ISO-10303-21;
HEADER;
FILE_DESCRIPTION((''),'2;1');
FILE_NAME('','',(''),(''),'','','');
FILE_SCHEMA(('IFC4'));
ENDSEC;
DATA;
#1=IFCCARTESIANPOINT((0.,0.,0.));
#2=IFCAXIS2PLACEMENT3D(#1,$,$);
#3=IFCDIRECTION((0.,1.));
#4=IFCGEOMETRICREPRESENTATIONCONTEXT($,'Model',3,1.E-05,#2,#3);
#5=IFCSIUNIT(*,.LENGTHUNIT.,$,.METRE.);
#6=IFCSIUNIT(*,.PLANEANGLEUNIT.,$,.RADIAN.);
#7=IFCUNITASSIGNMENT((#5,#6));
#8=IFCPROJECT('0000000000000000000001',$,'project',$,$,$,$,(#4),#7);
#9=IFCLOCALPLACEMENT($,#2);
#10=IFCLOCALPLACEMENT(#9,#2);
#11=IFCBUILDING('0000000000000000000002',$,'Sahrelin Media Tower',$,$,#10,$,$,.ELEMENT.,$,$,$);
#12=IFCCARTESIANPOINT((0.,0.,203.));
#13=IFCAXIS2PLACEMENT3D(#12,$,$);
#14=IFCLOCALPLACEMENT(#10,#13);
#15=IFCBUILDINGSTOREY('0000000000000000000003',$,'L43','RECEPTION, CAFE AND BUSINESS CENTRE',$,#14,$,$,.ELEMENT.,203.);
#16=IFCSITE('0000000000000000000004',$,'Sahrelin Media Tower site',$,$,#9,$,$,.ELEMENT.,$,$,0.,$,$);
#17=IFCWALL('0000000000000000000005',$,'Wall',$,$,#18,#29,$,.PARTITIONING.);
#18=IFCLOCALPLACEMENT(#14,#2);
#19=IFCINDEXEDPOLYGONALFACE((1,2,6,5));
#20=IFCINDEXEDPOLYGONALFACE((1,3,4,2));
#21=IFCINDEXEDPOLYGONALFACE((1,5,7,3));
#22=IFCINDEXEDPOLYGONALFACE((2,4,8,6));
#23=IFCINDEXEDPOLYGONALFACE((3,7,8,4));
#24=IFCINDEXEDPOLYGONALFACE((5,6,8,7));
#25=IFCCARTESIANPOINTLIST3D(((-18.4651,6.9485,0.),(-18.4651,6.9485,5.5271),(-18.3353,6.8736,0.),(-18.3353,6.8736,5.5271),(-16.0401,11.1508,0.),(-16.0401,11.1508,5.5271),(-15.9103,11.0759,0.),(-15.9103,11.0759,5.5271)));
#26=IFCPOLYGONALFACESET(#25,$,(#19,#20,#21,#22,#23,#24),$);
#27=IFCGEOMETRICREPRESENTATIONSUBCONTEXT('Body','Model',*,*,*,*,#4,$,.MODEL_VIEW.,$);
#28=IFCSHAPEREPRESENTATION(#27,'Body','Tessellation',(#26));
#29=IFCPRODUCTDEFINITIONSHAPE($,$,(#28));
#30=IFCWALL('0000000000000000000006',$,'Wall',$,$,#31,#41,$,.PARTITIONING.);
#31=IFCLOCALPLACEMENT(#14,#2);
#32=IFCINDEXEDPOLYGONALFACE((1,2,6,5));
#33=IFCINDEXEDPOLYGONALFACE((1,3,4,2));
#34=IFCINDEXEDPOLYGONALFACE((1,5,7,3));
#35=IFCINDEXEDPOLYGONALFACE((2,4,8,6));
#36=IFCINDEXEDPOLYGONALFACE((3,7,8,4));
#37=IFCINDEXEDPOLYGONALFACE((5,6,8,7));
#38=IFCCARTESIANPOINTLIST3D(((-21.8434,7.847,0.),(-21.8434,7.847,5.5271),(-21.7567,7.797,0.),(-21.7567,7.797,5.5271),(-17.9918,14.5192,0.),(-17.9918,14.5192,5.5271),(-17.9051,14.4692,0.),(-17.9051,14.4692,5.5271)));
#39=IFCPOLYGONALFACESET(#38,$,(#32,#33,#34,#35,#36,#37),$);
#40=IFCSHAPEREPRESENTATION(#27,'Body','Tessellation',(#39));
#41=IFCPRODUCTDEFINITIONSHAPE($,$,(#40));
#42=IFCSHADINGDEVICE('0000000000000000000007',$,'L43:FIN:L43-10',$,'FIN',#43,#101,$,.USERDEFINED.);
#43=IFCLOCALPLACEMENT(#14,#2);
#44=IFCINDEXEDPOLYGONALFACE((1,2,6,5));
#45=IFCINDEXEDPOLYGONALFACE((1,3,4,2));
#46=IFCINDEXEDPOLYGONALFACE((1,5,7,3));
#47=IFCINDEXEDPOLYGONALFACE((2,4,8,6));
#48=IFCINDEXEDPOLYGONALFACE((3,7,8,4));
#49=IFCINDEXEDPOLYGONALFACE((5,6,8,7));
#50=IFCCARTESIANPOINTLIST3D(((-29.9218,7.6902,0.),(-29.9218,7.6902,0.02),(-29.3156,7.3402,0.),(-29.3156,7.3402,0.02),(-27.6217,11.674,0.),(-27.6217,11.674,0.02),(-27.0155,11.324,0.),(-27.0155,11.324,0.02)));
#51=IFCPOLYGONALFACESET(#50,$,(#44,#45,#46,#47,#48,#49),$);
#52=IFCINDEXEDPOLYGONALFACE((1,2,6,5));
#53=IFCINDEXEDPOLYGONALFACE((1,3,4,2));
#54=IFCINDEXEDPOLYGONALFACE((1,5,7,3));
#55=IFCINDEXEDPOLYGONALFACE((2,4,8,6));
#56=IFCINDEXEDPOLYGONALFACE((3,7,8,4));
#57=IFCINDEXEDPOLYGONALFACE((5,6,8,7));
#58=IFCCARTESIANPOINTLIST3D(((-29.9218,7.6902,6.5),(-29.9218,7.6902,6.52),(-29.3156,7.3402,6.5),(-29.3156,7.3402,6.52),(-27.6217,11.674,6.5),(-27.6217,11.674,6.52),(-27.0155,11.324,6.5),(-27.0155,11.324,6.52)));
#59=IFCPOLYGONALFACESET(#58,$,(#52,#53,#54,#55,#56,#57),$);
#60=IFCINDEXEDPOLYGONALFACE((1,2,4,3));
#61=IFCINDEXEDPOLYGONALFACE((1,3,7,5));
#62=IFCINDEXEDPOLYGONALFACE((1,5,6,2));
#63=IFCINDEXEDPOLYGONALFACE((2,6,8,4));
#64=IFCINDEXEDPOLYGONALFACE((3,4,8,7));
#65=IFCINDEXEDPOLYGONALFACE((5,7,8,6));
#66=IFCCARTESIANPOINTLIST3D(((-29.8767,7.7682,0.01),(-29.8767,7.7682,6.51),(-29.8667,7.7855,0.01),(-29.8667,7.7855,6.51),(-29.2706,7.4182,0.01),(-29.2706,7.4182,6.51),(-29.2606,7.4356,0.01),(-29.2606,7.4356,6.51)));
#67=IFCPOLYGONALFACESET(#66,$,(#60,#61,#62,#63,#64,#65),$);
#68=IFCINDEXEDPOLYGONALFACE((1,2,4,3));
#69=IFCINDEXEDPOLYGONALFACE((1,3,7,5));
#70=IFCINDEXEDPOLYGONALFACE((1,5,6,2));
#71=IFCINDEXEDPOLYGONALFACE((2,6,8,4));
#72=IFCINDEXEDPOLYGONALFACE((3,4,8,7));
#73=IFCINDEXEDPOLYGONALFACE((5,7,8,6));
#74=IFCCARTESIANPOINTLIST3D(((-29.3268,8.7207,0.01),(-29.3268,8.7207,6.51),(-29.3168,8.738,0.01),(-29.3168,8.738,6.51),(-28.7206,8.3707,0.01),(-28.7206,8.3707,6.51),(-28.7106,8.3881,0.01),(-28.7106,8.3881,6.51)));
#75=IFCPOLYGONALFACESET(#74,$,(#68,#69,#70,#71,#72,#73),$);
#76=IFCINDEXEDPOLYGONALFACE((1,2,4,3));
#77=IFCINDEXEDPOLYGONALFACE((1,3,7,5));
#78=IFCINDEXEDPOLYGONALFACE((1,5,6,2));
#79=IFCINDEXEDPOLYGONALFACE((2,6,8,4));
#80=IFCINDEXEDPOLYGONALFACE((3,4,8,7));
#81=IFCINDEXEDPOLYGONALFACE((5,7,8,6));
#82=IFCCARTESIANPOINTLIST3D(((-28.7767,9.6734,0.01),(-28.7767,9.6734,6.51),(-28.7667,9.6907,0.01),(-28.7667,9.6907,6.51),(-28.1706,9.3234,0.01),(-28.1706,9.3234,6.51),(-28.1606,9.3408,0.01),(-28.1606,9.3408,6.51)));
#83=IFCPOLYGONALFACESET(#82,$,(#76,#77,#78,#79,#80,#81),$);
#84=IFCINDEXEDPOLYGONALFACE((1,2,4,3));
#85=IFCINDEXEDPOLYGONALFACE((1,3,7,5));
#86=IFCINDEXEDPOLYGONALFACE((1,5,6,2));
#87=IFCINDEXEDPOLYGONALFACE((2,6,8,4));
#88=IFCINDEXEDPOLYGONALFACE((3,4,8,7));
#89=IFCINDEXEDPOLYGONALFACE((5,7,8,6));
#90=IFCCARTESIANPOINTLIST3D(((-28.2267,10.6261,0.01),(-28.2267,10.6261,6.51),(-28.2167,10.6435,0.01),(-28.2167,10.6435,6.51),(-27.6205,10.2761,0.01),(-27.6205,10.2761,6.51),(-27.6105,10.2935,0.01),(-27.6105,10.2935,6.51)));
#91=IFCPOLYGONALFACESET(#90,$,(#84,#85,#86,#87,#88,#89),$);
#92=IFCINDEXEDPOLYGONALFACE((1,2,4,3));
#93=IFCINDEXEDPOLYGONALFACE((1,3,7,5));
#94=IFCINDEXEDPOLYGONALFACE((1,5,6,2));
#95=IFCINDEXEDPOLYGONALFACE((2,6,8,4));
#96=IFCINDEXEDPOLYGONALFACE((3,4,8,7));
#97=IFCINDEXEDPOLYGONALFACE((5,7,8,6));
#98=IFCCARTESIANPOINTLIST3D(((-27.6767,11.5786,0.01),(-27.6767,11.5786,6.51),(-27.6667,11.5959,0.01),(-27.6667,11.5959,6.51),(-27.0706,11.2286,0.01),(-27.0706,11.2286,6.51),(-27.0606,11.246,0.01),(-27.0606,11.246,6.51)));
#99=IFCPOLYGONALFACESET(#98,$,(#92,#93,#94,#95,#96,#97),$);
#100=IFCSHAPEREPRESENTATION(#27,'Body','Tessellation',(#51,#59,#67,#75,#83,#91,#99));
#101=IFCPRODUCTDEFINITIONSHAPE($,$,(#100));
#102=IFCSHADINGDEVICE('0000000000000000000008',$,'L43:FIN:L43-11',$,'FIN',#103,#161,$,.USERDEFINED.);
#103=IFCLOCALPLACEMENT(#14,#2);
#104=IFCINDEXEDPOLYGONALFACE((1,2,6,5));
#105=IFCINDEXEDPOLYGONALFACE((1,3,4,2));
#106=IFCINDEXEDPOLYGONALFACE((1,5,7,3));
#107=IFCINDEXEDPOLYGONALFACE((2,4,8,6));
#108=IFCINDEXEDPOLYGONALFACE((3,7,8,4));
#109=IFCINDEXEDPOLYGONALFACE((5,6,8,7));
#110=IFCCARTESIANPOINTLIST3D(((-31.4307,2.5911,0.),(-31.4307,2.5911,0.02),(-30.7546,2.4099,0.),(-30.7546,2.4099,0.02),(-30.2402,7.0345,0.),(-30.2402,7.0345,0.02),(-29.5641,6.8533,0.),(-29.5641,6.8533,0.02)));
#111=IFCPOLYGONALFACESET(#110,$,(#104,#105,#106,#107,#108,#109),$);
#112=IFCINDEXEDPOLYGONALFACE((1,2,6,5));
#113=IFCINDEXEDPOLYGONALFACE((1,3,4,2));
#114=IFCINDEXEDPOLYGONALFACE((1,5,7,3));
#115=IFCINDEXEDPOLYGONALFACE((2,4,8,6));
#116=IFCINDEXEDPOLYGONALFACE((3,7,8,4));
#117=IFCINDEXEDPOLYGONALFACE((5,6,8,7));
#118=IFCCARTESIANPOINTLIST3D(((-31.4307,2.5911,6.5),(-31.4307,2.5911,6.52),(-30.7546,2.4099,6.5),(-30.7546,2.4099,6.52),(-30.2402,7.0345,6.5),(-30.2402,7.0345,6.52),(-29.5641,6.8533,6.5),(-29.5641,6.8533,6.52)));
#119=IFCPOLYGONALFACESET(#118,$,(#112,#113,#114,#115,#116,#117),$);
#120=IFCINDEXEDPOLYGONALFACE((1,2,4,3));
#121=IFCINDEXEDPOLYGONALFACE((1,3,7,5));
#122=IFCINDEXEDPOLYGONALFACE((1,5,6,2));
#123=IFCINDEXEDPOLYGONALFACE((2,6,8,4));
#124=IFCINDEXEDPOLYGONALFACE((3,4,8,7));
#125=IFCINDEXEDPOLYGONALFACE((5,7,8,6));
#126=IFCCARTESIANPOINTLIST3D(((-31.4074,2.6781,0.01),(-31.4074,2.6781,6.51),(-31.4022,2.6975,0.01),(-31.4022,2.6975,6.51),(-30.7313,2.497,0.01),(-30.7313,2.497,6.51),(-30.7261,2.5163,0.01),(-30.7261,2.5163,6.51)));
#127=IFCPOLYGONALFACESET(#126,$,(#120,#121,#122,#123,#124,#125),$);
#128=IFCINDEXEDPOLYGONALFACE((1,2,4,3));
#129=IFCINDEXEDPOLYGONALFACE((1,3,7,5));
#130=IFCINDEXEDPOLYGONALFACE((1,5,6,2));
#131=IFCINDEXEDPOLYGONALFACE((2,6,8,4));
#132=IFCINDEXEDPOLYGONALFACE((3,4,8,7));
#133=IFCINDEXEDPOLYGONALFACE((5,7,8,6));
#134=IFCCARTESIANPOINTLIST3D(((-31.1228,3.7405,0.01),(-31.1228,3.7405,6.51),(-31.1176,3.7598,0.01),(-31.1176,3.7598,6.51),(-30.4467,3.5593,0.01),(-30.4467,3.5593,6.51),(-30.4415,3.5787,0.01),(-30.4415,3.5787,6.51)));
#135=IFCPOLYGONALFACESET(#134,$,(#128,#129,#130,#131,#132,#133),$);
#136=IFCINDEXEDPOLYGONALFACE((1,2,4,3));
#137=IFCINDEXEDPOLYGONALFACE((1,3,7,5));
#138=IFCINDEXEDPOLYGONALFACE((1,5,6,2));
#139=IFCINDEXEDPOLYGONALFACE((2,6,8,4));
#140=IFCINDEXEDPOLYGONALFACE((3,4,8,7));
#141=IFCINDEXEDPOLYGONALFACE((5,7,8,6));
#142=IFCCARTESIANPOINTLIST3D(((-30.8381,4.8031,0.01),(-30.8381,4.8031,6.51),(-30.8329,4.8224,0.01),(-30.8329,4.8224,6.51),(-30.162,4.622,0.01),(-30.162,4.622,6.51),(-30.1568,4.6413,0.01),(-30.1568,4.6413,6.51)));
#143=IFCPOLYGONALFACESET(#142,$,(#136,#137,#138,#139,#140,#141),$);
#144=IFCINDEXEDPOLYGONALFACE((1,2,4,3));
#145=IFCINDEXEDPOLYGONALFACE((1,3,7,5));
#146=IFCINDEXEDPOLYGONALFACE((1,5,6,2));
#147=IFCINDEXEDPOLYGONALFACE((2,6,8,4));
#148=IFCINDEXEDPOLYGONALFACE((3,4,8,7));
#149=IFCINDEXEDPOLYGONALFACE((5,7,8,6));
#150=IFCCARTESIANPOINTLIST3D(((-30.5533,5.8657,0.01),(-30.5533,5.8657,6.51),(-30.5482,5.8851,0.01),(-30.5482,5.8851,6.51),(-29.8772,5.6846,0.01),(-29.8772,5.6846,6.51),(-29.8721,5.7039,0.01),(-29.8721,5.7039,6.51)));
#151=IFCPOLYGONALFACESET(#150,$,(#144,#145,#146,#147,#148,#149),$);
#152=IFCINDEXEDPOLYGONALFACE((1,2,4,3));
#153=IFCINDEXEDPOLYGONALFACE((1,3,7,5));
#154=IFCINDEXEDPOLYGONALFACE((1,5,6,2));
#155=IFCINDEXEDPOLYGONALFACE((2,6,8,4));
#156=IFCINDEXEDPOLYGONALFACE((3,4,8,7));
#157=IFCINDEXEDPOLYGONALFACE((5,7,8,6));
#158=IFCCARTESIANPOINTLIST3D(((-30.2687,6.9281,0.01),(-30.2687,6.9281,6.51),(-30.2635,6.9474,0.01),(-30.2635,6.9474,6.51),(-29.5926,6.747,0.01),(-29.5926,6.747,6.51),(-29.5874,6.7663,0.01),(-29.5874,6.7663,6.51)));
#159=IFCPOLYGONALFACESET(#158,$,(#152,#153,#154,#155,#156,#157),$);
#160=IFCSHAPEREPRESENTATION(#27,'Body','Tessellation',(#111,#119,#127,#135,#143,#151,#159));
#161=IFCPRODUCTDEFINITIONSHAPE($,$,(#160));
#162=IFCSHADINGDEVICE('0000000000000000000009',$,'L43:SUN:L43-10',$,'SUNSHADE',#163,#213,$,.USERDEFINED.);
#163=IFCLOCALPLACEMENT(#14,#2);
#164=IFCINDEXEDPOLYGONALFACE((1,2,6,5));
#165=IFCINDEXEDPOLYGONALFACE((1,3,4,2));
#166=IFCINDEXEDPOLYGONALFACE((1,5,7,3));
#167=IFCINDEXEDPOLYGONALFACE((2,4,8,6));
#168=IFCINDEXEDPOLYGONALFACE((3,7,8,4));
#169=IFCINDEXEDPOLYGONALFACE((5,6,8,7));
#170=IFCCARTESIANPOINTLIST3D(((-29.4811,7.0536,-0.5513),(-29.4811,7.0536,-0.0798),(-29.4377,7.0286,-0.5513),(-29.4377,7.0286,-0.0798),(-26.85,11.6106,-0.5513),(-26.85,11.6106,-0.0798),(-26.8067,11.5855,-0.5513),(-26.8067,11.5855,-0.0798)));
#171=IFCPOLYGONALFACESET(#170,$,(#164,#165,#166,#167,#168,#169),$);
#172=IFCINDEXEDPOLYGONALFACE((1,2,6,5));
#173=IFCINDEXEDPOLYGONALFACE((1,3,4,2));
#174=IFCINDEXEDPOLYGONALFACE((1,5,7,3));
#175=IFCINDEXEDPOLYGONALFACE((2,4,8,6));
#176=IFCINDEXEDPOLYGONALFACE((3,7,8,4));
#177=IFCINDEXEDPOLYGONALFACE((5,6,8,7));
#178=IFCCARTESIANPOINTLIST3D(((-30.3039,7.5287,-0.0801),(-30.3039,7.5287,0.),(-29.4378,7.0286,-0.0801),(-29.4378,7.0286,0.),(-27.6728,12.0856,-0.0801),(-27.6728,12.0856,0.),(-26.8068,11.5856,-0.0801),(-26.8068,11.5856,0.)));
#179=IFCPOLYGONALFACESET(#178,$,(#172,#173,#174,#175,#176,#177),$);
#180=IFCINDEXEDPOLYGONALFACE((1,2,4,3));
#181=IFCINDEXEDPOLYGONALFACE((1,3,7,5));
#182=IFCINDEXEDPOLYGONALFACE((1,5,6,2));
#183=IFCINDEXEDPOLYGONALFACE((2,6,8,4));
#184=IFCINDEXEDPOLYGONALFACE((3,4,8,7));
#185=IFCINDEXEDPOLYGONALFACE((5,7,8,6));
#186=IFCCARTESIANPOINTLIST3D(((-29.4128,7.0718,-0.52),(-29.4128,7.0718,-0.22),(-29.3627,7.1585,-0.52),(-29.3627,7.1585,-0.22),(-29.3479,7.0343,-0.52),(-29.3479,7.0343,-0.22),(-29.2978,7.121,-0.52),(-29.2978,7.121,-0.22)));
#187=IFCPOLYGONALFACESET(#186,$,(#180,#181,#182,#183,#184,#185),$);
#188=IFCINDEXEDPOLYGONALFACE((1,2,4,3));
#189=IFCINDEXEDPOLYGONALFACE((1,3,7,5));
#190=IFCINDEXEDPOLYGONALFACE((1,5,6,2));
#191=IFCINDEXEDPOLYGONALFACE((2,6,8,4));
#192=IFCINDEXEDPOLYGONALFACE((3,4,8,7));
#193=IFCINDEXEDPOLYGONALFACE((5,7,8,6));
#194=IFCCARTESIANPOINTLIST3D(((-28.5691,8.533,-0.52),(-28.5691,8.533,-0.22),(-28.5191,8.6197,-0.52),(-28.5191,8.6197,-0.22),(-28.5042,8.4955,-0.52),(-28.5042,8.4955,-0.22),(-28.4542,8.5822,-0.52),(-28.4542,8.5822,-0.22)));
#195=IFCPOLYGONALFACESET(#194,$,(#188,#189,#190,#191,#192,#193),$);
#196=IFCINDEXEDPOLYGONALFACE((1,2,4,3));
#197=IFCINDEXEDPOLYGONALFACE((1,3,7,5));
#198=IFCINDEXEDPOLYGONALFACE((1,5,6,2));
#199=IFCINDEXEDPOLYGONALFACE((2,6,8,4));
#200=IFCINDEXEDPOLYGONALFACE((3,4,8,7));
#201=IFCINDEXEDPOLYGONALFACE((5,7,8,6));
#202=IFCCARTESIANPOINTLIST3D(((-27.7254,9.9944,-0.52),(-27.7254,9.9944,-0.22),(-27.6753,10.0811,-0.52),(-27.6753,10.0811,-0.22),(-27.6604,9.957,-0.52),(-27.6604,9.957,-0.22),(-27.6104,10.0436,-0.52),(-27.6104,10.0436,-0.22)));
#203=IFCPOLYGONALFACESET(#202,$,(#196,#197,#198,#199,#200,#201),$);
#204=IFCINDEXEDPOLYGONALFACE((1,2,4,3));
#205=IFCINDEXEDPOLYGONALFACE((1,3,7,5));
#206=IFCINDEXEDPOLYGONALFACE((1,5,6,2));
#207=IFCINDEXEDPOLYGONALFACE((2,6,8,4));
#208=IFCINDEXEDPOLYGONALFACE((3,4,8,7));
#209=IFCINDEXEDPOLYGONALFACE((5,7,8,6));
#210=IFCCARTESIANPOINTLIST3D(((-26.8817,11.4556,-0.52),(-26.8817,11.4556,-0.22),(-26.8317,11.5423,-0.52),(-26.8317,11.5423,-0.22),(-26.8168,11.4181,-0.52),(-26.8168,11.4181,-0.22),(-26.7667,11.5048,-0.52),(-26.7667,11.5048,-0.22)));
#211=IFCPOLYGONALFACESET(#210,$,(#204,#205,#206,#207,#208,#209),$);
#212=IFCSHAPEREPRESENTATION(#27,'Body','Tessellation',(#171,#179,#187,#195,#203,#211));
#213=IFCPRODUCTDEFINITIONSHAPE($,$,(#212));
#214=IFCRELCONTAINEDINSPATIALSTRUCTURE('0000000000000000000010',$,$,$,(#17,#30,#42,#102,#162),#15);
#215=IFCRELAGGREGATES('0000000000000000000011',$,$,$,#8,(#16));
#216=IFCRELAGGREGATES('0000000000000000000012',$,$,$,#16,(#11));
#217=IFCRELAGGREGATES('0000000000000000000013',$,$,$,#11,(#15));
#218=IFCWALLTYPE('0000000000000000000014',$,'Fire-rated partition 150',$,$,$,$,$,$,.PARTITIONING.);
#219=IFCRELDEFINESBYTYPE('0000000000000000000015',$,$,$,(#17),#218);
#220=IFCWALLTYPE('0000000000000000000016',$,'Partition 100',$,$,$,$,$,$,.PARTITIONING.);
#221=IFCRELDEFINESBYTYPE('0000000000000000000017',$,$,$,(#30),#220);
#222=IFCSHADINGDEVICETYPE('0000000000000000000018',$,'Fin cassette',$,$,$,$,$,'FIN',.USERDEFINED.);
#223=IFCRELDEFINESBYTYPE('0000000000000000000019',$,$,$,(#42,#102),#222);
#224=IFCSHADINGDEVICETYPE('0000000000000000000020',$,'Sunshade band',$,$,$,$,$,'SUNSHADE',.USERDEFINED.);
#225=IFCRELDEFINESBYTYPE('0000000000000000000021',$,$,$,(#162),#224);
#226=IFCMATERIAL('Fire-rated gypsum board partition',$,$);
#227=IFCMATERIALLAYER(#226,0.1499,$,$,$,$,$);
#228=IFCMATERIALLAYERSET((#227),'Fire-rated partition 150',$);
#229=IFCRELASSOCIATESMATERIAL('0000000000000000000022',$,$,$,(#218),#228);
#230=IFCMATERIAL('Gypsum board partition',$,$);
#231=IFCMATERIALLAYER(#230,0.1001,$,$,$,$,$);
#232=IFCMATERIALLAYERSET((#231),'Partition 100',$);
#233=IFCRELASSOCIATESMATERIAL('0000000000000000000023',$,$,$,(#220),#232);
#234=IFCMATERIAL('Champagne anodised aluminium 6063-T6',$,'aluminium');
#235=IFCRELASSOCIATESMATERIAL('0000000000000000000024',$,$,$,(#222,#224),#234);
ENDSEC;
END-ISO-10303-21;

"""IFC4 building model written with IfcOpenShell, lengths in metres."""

from ifc_helpers import new_model, si_unit, direction, frame, frame_2d, origin, origin_2d, place, context, subcontext, project, spatial, rectangle, extrude, material, layer, layer_set, type_object, element, save


model = new_model("IFC4")

# Units and contexts
model_context = context("Model", 3, precision=1e-05, world=origin(), true_north=direction((0.0, 1.0)))
body_context = subcontext(model_context, "Body", "Model", "MODEL_VIEW")
ifc_project = project(units=[si_unit("LENGTHUNIT", "METRE"), si_unit("PLANEANGLEUNIT", "RADIAN")], contexts=[model_context])

# Site, building, storey
site_placement = place(None, origin())
site = spatial("IfcSite", under=ifc_project, at=site_placement, Name="Sahrelin Media Tower site", CompositionType="ELEMENT", RefElevation=0.0)
building_placement = place(site_placement, origin())
building = spatial("IfcBuilding", under=site, at=building_placement, Name="Sahrelin Media Tower", CompositionType="ELEMENT")
storey_placement = place(building_placement, frame((0.0, 0.0, 203.0)))
storey = spatial("IfcBuildingStorey", under=building, at=storey_placement, Name="L43", Description="RECEPTION, CAFE AND BUSINESS CENTRE", CompositionType="ELEMENT", Elevation=203.0)

# Shared definitions
ifc_material_1 = material(Name="Champagne anodised aluminium 6063-T6", Category="aluminium")

# Walls
ifc_material_2 = material(Name="Fire-rated gypsum board partition")
ifc_layer_1 = layer(ifc_material_2, 0.1499)
ifc_layer_set_1 = layer_set([ifc_layer_1], Name="Fire-rated partition 150")
wall_type_1 = type_object("IfcWallType", Name="Fire-rated partition 150", PredefinedType="PARTITIONING", material=ifc_layer_set_1)
wall_1_placement = place(storey_placement, frame((-18.4001, 6.9111, 0.0), z_axis=(0.0, 0.0, 1.0), x_axis=(0.499814, 0.866133, 0.0)))
element("IfcWall", 1, at=wall_1_placement, inside=storey, type_object=wall_type_1, Name="Wall", PredefinedType="PARTITIONING", context=body_context, shape_type="SweptSolid", body=[
    extrude(rectangle(XDim=4.8518, YDim=0.1499, at=frame_2d((2.4258, 0.0))), origin(), (0.0, 0.0, 1.0), 5.5271),
])
ifc_material_3 = material(Name="Gypsum board partition")
ifc_layer_2 = layer(ifc_material_3, 0.1001)
ifc_layer_set_2 = layer_set([ifc_layer_2], Name="Partition 100")
wall_type_2 = type_object("IfcWallType", Name="Partition 100", PredefinedType="PARTITIONING", material=ifc_layer_set_2)
wall_2_placement = place(storey_placement, frame((-21.8, 7.822, 0.0), z_axis=(0.0, 0.0, 1.0), x_axis=(0.499943, 0.866058, 0.0)))
element("IfcWall", 2, at=wall_2_placement, inside=storey, type_object=wall_type_2, Name="Wall", PredefinedType="PARTITIONING", context=body_context, shape_type="SweptSolid", body=[
    extrude(rectangle(XDim=7.7041, YDim=0.1001, at=frame_2d((3.8521, 0.0))), origin(), (0.0, 0.0, 1.0), 5.5271),
])

# Shading devices
shading_device_type_1 = type_object("IfcShadingDeviceType", Name="Fin cassette", ElementType="FIN", PredefinedType="USERDEFINED", material=ifc_material_1)
placement_1 = place(storey_placement, frame((-28.105, 9.2971, 0.0), z_axis=(0.0, 0.0, 1.0), x_axis=(0.500011, 0.866019, 0.0)))
element("IfcShadingDevice", 3, at=placement_1, inside=storey, type_object=shading_device_type_1, Name="L43:FIN:L43-10", ObjectType="FIN", PredefinedType="USERDEFINED", context=body_context, shape_type="SweptSolid", body=[
    extrude(rectangle(XDim=4.6001, YDim=0.7, at=origin_2d()), frame((0.0, 0.4199, 0.0)), (0.0, 0.0, 1.0), 0.02),
    extrude(rectangle(XDim=4.6001, YDim=0.7, at=origin_2d()), frame((0.0, 0.4199, 6.5)), (0.0, 0.0, 1.0), 0.02),
    extrude(rectangle(XDim=0.02, YDim=0.7, at=origin_2d()), frame((-2.2, 0.4199, 0.01), z_axis=(0.0, 0.0, 1.0), x_axis=(1.0, 0.0, 0.0)), (0.0, 0.0, 1.0), 6.5),
    extrude(rectangle(XDim=0.02, YDim=0.7, at=origin_2d()), frame((-1.1001, 0.4199, 0.01), z_axis=(0.0, 0.0, 1.0), x_axis=(1.0, 0.0, 0.0)), (0.0, 0.0, 1.0), 6.5),
    extrude(rectangle(XDim=0.02, YDim=0.7, at=origin_2d()), frame((0.0, 0.4199, 0.01), z_axis=(0.0, 0.0, 1.0), x_axis=(1.0, 0.0, 0.0)), (0.0, 0.0, 1.0), 6.5),
    extrude(rectangle(XDim=0.02, YDim=0.7, at=origin_2d()), frame((1.1001, 0.4199, 0.01), z_axis=(0.0, 0.0, 1.0), x_axis=(1.0, 0.0, 0.0)), (0.0, 0.0, 1.0), 6.5),
    extrude(rectangle(XDim=0.02, YDim=0.7, at=origin_2d()), frame((2.2, 0.4199, 0.01), z_axis=(0.0, 0.0, 1.0), x_axis=(1.0, 0.0, 0.0)), (0.0, 0.0, 1.0), 6.5),
])
placement_2 = place(storey_placement, frame((-30.0918, 4.6135, 0.0), z_axis=(0.0, 0.0, 1.0), x_axis=(0.258808, 0.965929, 0.0)))
element("IfcShadingDevice", 4, at=placement_2, inside=storey, type_object=shading_device_type_1, Name="L43:FIN:L43-11", ObjectType="FIN", PredefinedType="USERDEFINED", context=body_context, shape_type="SweptSolid", body=[
    extrude(rectangle(XDim=4.6001, YDim=0.7, at=origin_2d()), frame((0.0, 0.4199, 0.0)), (0.0, 0.0, 1.0), 0.02),
    extrude(rectangle(XDim=4.6001, YDim=0.7, at=origin_2d()), frame((0.0, 0.4199, 6.5)), (0.0, 0.0, 1.0), 0.02),
    extrude(rectangle(XDim=0.02, YDim=0.7, at=origin_2d()), frame((-2.2, 0.4199, 0.01), z_axis=(0.0, 0.0, 1.0), x_axis=(1.0, 0.0, 0.0)), (0.0, 0.0, 1.0), 6.5),
    extrude(rectangle(XDim=0.02, YDim=0.7, at=origin_2d()), frame((-1.1001, 0.4199, 0.01), z_axis=(0.0, 0.0, 1.0), x_axis=(1.0, 0.0, 0.0)), (0.0, 0.0, 1.0), 6.5),
    extrude(rectangle(XDim=0.02, YDim=0.7, at=origin_2d()), frame((0.0, 0.4199, 0.01), z_axis=(0.0, 0.0, 1.0), x_axis=(1.0, 0.0, 0.0)), (0.0, 0.0, 1.0), 6.5),
    extrude(rectangle(XDim=0.02, YDim=0.7, at=origin_2d()), frame((1.1001, 0.4199, 0.01), z_axis=(0.0, 0.0, 1.0), x_axis=(1.0, 0.0, 0.0)), (0.0, 0.0, 1.0), 6.5),
    extrude(rectangle(XDim=0.02, YDim=0.7, at=origin_2d()), frame((2.2, 0.4199, 0.01), z_axis=(0.0, 0.0, 1.0), x_axis=(1.0, 0.0, 0.0)), (0.0, 0.0, 1.0), 6.5),
])
shading_device_type_2 = type_object("IfcShadingDeviceType", Name="Sunshade band", ElementType="SUNSHADE", PredefinedType="USERDEFINED", material=ifc_material_1)
element("IfcShadingDevice", 5, at=placement_1, inside=storey, type_object=shading_device_type_2, Name="L43:SUN:L43-10", ObjectType="SUNSHADE", PredefinedType="USERDEFINED", context=body_context, shape_type="SweptSolid", body=[
    extrude(rectangle(XDim=5.262, YDim=0.05, at=origin_2d()), frame((0.0, 0.0449, -0.5513)), (0.0, 0.0, 1.0), 0.4714),
    extrude(rectangle(XDim=5.262, YDim=1.0, at=origin_2d()), frame((0.0, 0.52, -0.0801)), (0.0, 0.0, 1.0), 0.0801),
    extrude(rectangle(XDim=0.1001, YDim=0.075, at=origin_2d()), frame((-2.531, -0.0176, -0.52)), (0.0, 0.0, 1.0), 0.3),
    extrude(rectangle(XDim=0.1001, YDim=0.075, at=origin_2d()), frame((-0.8438, -0.0176, -0.52)), (0.0, 0.0, 1.0), 0.3),
    extrude(rectangle(XDim=0.1001, YDim=0.075, at=origin_2d()), frame((0.8438, -0.0176, -0.52)), (0.0, 0.0, 1.0), 0.3),
    extrude(rectangle(XDim=0.1001, YDim=0.075, at=origin_2d()), frame((2.531, -0.0176, -0.52)), (0.0, 0.0, 1.0), 0.3),
])

save(model, "model.ifc")
